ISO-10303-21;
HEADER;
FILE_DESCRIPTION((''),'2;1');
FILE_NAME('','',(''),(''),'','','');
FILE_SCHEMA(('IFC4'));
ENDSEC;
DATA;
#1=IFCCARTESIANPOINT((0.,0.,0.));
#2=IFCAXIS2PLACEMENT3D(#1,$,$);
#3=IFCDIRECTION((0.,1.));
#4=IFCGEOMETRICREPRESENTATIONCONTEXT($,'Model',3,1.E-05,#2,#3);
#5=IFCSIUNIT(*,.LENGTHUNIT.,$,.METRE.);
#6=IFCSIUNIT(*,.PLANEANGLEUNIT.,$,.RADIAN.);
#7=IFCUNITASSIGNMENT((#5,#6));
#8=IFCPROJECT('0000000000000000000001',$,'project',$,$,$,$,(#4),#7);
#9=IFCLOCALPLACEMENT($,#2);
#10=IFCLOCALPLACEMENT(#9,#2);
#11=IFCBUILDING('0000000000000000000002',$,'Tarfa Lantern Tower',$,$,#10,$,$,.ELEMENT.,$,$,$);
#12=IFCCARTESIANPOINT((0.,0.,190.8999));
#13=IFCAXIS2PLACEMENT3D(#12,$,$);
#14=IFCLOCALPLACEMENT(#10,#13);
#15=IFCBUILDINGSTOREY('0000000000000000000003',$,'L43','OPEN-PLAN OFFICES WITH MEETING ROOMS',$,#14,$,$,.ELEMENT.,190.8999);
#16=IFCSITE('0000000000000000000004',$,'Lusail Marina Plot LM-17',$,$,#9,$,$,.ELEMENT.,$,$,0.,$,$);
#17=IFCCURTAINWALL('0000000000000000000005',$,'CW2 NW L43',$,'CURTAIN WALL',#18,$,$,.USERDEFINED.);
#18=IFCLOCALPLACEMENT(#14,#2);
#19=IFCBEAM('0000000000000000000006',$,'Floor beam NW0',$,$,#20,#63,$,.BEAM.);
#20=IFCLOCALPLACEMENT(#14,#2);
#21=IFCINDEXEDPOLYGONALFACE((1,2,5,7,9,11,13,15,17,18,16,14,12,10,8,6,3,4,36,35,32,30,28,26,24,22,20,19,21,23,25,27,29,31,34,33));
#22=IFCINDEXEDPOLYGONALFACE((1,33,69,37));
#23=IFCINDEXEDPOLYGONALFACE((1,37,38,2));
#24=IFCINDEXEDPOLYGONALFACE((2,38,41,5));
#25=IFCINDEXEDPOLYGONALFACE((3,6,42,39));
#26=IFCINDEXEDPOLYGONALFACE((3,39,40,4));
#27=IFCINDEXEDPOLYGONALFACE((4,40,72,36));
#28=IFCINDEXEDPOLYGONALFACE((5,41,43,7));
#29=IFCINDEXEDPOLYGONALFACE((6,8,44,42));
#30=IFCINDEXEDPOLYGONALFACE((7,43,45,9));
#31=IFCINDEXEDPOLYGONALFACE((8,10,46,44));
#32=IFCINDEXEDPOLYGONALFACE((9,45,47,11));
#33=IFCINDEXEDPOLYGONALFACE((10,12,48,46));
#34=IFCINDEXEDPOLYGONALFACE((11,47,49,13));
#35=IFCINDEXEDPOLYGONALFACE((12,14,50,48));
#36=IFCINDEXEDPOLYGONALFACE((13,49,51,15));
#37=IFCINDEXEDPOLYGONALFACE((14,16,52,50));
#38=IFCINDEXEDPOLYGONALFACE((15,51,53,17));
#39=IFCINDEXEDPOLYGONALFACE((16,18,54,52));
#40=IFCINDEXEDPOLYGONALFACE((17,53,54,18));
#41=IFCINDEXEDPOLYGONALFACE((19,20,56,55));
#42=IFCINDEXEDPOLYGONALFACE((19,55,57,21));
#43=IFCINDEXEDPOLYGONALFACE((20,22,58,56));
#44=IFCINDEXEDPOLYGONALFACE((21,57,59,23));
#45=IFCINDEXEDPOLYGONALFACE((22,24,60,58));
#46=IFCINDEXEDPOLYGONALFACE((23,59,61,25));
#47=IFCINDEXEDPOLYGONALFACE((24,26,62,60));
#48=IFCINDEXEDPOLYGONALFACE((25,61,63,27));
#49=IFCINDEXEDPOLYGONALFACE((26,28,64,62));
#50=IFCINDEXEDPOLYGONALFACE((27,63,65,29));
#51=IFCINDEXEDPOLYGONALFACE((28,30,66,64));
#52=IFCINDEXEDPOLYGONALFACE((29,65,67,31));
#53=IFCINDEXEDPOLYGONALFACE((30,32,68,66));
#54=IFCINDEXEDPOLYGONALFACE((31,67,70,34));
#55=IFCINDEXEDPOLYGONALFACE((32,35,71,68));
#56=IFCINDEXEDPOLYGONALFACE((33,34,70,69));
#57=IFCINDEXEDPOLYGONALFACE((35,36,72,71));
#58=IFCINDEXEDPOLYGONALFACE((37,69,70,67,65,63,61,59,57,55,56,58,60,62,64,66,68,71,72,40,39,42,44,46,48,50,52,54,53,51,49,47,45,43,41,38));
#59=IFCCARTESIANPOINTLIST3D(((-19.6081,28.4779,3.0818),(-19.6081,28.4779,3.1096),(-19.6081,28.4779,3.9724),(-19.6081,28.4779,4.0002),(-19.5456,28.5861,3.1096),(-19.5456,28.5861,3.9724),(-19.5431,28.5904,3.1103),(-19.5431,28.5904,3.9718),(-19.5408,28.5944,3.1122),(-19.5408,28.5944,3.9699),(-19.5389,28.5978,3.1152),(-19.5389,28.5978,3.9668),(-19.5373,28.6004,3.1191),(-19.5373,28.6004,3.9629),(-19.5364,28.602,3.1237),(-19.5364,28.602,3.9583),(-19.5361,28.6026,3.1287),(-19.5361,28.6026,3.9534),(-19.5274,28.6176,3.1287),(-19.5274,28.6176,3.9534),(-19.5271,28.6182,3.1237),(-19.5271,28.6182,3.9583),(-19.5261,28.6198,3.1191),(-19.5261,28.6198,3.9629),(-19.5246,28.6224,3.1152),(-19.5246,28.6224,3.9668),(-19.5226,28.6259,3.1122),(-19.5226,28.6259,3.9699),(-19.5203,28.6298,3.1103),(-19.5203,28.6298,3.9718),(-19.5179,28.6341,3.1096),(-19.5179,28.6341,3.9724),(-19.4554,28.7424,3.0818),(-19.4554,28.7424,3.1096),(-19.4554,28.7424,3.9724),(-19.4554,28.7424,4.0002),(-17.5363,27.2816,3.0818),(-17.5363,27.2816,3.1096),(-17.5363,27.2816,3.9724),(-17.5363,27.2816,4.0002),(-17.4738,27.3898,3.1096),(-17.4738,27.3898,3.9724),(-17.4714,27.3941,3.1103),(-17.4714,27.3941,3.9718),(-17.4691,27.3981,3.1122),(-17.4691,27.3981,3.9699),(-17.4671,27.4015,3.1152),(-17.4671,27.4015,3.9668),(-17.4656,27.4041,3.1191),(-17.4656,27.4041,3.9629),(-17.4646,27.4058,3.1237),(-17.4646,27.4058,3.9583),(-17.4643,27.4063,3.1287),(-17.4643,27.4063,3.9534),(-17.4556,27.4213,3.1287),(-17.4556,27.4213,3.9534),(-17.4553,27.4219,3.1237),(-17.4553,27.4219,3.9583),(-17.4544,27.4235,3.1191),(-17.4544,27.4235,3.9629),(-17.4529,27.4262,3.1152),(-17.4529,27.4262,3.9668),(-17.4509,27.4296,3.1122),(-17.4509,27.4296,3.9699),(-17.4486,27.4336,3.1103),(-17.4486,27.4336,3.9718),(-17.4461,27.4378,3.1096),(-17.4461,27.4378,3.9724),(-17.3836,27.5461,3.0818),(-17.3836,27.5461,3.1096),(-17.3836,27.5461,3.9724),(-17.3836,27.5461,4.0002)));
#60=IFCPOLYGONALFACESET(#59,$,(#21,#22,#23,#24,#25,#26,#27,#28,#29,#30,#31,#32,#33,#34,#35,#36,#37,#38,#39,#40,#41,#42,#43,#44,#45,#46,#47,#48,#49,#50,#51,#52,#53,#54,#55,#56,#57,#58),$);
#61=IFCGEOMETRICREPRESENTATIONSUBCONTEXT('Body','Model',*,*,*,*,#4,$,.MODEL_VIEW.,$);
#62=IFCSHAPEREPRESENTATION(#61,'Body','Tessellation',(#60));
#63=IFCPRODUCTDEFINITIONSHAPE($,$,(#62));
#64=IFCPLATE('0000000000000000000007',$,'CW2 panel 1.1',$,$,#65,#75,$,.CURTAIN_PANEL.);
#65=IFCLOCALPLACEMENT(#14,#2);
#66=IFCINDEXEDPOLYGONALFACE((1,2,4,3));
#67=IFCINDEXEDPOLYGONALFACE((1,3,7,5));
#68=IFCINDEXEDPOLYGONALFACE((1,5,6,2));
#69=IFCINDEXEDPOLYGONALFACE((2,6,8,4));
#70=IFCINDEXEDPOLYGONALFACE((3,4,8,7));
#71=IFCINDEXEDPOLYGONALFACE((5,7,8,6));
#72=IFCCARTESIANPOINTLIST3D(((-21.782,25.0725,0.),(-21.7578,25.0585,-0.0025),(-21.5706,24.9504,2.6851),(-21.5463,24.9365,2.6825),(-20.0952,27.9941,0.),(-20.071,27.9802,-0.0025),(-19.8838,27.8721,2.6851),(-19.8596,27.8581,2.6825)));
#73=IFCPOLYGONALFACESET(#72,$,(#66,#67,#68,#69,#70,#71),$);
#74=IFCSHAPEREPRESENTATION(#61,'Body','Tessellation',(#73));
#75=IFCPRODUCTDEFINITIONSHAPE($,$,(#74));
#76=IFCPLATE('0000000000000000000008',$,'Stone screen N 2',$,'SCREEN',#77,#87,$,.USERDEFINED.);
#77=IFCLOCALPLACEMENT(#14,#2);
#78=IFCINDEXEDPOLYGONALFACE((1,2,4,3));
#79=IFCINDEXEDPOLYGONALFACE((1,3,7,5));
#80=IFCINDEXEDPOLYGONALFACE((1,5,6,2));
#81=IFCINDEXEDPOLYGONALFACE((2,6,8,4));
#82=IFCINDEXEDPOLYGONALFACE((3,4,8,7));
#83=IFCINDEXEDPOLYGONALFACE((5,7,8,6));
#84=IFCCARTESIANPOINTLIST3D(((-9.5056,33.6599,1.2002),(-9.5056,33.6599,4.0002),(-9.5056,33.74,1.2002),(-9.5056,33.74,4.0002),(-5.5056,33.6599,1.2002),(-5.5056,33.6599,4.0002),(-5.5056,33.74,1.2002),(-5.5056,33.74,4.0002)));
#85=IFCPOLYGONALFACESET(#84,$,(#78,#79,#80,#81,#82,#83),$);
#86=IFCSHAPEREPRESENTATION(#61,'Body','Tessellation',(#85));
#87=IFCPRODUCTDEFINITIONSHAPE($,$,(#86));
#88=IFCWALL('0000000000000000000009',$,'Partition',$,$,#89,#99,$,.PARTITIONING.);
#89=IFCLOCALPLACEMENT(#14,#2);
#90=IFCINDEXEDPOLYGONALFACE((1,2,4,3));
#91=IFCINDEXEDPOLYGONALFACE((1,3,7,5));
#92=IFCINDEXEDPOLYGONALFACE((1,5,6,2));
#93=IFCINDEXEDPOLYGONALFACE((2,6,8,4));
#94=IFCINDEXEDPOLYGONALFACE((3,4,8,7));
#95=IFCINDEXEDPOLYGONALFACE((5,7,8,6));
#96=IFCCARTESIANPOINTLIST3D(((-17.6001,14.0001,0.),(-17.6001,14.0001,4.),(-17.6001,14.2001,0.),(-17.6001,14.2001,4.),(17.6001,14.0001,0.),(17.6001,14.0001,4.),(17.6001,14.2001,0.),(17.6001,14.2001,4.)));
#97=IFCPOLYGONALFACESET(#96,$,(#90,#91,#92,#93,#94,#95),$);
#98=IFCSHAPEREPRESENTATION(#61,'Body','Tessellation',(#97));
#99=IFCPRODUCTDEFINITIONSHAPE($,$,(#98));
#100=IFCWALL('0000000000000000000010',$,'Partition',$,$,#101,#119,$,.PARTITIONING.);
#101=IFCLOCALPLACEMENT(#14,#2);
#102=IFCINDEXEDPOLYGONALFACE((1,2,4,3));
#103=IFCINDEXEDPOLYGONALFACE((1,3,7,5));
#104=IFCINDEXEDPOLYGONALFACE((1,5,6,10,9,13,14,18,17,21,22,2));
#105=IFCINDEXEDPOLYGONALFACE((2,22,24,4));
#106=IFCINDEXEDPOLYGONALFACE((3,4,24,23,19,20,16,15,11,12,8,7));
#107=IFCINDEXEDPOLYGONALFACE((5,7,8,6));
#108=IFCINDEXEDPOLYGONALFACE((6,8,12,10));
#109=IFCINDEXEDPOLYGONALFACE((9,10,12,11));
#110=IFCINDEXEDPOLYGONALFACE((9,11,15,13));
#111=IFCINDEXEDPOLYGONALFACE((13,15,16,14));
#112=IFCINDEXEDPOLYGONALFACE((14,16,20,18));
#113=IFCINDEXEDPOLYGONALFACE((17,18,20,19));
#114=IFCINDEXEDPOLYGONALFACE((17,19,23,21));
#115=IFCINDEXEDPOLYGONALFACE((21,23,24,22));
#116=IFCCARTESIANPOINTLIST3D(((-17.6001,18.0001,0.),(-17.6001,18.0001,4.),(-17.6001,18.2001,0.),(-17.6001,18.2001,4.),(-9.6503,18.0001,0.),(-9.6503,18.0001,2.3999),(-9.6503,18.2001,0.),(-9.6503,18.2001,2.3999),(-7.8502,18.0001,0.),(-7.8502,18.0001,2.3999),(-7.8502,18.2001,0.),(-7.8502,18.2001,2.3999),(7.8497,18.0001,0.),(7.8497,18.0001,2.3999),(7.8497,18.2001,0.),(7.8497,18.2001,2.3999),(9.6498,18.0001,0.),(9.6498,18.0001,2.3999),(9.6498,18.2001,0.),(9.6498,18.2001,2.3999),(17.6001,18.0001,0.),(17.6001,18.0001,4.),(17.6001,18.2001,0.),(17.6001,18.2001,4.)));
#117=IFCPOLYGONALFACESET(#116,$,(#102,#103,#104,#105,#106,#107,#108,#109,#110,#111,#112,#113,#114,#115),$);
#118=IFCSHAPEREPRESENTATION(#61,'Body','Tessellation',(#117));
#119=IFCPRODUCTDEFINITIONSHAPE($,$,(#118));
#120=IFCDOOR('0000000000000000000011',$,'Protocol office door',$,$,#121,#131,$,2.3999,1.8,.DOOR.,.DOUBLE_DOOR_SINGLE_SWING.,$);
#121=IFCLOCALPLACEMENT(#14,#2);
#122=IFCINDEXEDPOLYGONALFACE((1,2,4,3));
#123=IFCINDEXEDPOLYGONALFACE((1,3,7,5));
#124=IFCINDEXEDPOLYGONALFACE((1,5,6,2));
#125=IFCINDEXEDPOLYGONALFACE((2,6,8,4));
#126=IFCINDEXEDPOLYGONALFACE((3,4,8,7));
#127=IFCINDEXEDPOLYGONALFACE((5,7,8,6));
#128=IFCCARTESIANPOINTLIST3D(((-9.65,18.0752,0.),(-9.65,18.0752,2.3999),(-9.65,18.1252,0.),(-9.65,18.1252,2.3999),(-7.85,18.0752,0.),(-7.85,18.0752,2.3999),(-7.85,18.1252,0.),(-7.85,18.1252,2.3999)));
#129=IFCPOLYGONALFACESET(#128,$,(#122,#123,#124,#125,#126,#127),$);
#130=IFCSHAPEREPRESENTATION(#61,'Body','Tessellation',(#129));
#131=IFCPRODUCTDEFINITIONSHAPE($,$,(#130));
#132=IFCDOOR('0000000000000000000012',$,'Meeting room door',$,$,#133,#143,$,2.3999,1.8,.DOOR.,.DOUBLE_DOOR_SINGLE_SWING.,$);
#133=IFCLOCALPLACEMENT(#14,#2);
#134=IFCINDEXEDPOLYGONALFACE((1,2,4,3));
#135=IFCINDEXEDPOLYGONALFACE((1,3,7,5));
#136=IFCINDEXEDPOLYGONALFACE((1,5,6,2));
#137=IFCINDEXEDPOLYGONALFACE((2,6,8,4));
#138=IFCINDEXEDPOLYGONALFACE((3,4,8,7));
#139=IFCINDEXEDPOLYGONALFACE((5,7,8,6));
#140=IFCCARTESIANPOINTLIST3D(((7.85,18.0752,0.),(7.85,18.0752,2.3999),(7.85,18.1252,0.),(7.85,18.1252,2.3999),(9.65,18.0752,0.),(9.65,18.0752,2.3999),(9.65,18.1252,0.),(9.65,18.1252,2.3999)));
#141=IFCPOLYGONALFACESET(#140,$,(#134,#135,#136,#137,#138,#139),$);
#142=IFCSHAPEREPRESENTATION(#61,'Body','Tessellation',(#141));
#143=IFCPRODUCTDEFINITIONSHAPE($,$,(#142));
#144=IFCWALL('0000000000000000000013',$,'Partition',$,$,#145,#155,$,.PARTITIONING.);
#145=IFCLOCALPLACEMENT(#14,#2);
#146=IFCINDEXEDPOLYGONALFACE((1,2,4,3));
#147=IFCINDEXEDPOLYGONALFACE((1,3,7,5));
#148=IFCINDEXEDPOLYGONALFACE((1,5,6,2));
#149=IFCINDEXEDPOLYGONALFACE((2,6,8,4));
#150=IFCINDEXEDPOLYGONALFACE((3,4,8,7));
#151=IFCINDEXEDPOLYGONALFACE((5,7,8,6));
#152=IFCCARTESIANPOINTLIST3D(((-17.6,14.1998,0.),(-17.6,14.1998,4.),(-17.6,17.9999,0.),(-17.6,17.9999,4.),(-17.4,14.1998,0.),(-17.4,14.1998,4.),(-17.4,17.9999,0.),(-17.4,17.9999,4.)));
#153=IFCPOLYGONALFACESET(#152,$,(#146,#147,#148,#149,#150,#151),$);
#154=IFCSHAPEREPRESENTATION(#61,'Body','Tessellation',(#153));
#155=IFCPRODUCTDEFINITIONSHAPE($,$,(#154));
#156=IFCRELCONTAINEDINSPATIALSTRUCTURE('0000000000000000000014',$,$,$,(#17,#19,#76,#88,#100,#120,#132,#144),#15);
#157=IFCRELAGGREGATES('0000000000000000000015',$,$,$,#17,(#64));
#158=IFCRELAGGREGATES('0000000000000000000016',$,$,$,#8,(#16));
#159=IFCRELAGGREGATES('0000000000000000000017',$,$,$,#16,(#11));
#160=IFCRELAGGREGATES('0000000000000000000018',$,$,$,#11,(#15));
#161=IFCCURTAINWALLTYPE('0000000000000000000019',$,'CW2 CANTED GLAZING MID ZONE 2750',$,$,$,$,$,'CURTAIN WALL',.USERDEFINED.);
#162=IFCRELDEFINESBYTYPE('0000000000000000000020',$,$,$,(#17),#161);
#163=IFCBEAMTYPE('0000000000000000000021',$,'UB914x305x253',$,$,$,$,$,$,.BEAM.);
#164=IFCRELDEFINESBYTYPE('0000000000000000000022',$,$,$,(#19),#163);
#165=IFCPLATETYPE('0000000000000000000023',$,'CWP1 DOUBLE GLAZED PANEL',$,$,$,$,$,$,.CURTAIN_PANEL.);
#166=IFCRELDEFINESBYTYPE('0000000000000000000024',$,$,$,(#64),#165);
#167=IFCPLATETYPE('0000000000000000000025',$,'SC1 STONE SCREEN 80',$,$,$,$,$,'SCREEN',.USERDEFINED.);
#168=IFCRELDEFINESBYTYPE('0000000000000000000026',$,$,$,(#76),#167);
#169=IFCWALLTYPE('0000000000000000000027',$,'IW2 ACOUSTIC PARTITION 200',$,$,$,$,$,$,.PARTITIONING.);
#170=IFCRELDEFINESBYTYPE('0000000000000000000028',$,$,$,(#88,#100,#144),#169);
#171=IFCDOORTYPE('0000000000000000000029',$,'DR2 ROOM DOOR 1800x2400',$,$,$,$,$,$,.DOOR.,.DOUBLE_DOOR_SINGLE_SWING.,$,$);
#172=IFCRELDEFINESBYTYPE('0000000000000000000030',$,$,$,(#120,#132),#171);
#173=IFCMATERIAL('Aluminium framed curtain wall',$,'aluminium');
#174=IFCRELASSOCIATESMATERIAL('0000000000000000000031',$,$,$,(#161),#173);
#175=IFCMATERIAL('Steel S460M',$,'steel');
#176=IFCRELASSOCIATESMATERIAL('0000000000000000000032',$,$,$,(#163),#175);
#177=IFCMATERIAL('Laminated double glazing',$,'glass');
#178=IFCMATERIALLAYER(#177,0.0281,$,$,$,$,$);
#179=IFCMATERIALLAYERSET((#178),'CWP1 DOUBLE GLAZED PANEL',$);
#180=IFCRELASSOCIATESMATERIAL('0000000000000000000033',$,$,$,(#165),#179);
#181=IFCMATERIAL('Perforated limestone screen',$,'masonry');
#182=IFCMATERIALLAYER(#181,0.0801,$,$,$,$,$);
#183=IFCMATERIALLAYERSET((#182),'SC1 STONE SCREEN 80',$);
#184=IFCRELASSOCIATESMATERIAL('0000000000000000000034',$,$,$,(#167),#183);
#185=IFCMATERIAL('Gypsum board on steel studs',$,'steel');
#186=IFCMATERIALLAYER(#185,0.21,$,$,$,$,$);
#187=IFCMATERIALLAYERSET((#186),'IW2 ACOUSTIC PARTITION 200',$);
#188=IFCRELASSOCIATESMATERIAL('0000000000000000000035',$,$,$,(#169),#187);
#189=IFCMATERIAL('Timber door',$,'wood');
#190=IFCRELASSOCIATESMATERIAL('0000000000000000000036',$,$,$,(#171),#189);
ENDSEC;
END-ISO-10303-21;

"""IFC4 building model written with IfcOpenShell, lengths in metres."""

from ifc_helpers import new_model, si_unit, direction, frame, frame_2d, origin, origin_2d, place, context, subcontext, project, spatial, polyline, rectangle, i_section, outline, extrude, material, layer, layer_set, material_profile, profile_set, type_object, element, fill, aggregate, save


model = new_model("IFC4")

# Units and contexts
model_context = context("Model", 3, precision=1e-05, world=origin(), true_north=direction((0.0, 1.0)))
body_context = subcontext(model_context, "Body", "Model", "MODEL_VIEW")
ifc_project = project(units=[si_unit("LENGTHUNIT", "METRE"), si_unit("PLANEANGLEUNIT", "RADIAN")], contexts=[model_context])

# Site, building, storey
site_placement = place(None, origin())
site = spatial("IfcSite", under=ifc_project, at=site_placement, Name="Lusail Marina Plot LM-17", CompositionType="ELEMENT", RefElevation=0.0)
building_placement = place(site_placement, origin())
building = spatial("IfcBuilding", under=site, at=building_placement, Name="Tarfa Lantern Tower", CompositionType="ELEMENT")
storey_placement = place(building_placement, frame((0.0, 0.0, 190.8999)))
storey = spatial("IfcBuildingStorey", under=building, at=storey_placement, Name="L43", Description="OPEN-PLAN OFFICES WITH MEETING ROOMS", CompositionType="ELEMENT", Elevation=190.8999)

# Curtain wall
ifc_material_1 = material(Name="Aluminium framed curtain wall", Category="aluminium")
curtain_wall_type = type_object("IfcCurtainWallType", Name="CW2 CANTED GLAZING MID ZONE 2750", ElementType="CURTAIN WALL", PredefinedType="USERDEFINED", material=ifc_material_1)
curtain_wall_placement = place(storey_placement, origin())
curtain_wall = element("IfcCurtainWall", 1, at=curtain_wall_placement, inside=storey, type_object=curtain_wall_type, Name="CW2 NW L43", ObjectType="CURTAIN WALL", PredefinedType="USERDEFINED")

# Beam
ifc_material_2 = material(Name="Steel S460M", Category="steel")
ifc_material_profile_1 = material_profile(ifc_material_2, i_section(OverallWidth=0.3054, OverallDepth=0.9185, WebThickness=0.0173, FlangeThickness=0.0278, FilletRadius=0.019, at=origin_2d()), Name="UB914x305x253")
ifc_profile_set_1 = profile_set([ifc_material_profile_1], Name="Steel S460M")
beam_type_1 = type_object("IfcBeamType", Name="UB914x305x253", PredefinedType="BEAM", material=ifc_profile_set_1)
beam_1_placement = place(storey_placement, frame((-19.5317, 28.6101, 3.541), z_axis=(0.865999, -0.500046, 0.0), x_axis=(0.500046, 0.865999, 0.0)))
element("IfcBeam", 2, at=beam_1_placement, inside=storey, type_object=beam_type_1, Name="Floor beam NW0", PredefinedType="BEAM", context=body_context, shape_type="SweptSolid", body=[
    extrude(i_section(OverallWidth=0.3054, OverallDepth=0.9185, WebThickness=0.0173, FlangeThickness=0.0278, FilletRadius=0.019, at=origin_2d()), origin(), (0.0, 0.0, 1.0), 2.3923),
])

# Plates
ifc_material_3 = material(Name="Laminated double glazing", Category="glass")
ifc_layer_1 = layer(ifc_material_3, 0.0281)
ifc_layer_set_1 = layer_set([ifc_layer_1], Name="CWP1 DOUBLE GLAZED PANEL")
plate_type_1 = type_object("IfcPlateType", Name="CWP1 DOUBLE GLAZED PANEL", PredefinedType="CURTAIN_PANEL", material=ifc_layer_set_1)
plate_1_placement = place(storey_placement, frame((-20.0952, 27.9941, 0.0), z_axis=(-0.862472, 0.497938, 0.09055), x_axis=(-0.499992, -0.86603, 0.0)))
plate_1 = element("IfcPlate", 3, at=plate_1_placement, type_object=plate_type_1, Name="CW2 panel 1.1", PredefinedType="CURTAIN_PANEL", context=body_context, shape_type="SweptSolid", body=[
    extrude(outline(polyline([(0.0, 0.0), (3.3736, 0.0), (3.3736, 2.6961), (0.0, 2.6961), (0.0, 0.0)])), origin(), (0.0, 0.0, -1.0), 0.0281),
])
aggregate(curtain_wall, [plate_1])
ifc_material_4 = material(Name="Perforated limestone screen", Category="masonry")
ifc_layer_2 = layer(ifc_material_4, 0.0801)
ifc_layer_set_2 = layer_set([ifc_layer_2], Name="SC1 STONE SCREEN 80")
plate_type_2 = type_object("IfcPlateType", Name="SC1 STONE SCREEN 80", ElementType="SCREEN", PredefinedType="USERDEFINED", material=ifc_layer_set_2)
plate_2_placement = place(storey_placement, frame((-7.5056, 33.7, 1.2002), z_axis=(0.0, 0.0, 1.0), x_axis=(-1.0, 0.0, 0.0)))
element("IfcPlate", 4, at=plate_2_placement, inside=storey, type_object=plate_type_2, Name="Stone screen N 2", ObjectType="SCREEN", PredefinedType="USERDEFINED", context=body_context, shape_type="SweptSolid", body=[
    extrude(rectangle(XDim=4.0, YDim=0.0801, at=origin_2d()), origin(), (0.0, 0.0, 1.0), 2.8),
])

# Wall
ifc_material_5 = material(Name="Gypsum board on steel studs", Category="steel")
ifc_layer_3 = layer(ifc_material_5, 0.21)
ifc_layer_set_3 = layer_set([ifc_layer_3], Name="IW2 ACOUSTIC PARTITION 200")
wall_type = type_object("IfcWallType", Name="IW2 ACOUSTIC PARTITION 200", PredefinedType="PARTITIONING", material=ifc_layer_set_3)
wall_1_placement = place(storey_placement, frame((-17.6001, 14.1001, 0.0), z_axis=(0.0, 0.0, 1.0), x_axis=(1.0, 0.0, 0.0)))
element("IfcWall", 5, at=wall_1_placement, inside=storey, type_object=wall_type, Name="Partition", PredefinedType="PARTITIONING", context=body_context, shape_type="SweptSolid", body=[
    extrude(rectangle(XDim=35.2002, YDim=0.2, at=frame_2d((17.6001, 0.0))), origin(), (0.0, 0.0, 1.0), 4.0),
])

# Wall, openings, doors
wall_2_placement = place(storey_placement, frame((-17.6001, 18.1001, 0.0), z_axis=(0.0, 0.0, 1.0), x_axis=(1.0, 0.0, 0.0)))
wall_2 = element("IfcWall", 6, at=wall_2_placement, inside=storey, type_object=wall_type, Name="Partition", PredefinedType="PARTITIONING", context=body_context, shape_type="SweptSolid", body=[
    extrude(rectangle(XDim=35.2002, YDim=0.2, at=frame_2d((17.6001, 0.0))), origin(), (0.0, 0.0, 1.0), 4.0),
])
opening_1_placement = place(wall_2_placement, frame((7.95, 0.0, 0.0)))
opening_1 = element("IfcOpeningElement", 7, at=opening_1_placement, cuts=wall_2, PredefinedType="OPENING", context=body_context, shape_type="SweptSolid", body=[
    extrude(rectangle(XDim=1.8, YDim=2.3999, at=frame_2d((0.8999, 1.2))), frame((0.0, 0.1099, 0.0), z_axis=(0.0, -1.0, 0.0), x_axis=(1.0, 0.0, 0.0)), (0.0, 0.0, 1.0), 0.22),
])
opening_2_placement = place(wall_2_placement, frame((25.45, 0.0, 0.0)))
opening_2 = element("IfcOpeningElement", 8, at=opening_2_placement, cuts=wall_2, PredefinedType="OPENING", context=body_context, shape_type="SweptSolid", body=[
    extrude(rectangle(XDim=1.8, YDim=2.3999, at=frame_2d((0.8999, 1.2))), frame((0.0, 0.1099, 0.0), z_axis=(0.0, -1.0, 0.0), x_axis=(1.0, 0.0, 0.0)), (0.0, 0.0, 1.0), 0.22),
])
ifc_material_6 = material(Name="Timber door", Category="wood")
door_type = type_object("IfcDoorType", Name="DR2 ROOM DOOR 1800x2400", OperationType="DOUBLE_DOOR_SINGLE_SWING", PredefinedType="DOOR", material=ifc_material_6)
door_1_placement = place(opening_1_placement, frame((1.8, 0.0, 0.0), z_axis=(0.0, 0.0, 1.0), x_axis=(-1.0, 0.0, 0.0)))
door_1 = element("IfcDoor", 9, at=door_1_placement, inside=storey, type_object=door_type, Name="Protocol office door", OperationType="DOUBLE_DOOR_SINGLE_SWING", OverallHeight=2.3999, OverallWidth=1.8, PredefinedType="DOOR", context=body_context, shape_type="SweptSolid", body=[
    extrude(rectangle(XDim=1.8, YDim=2.3999, at=frame_2d((0.8999, 1.2))), frame((0.0, 0.0249, 0.0), z_axis=(0.0, -1.0, 0.0), x_axis=(1.0, 0.0, 0.0)), (0.0, 0.0, 1.0), 0.05),
])
fill(opening_1, door_1)
door_2_placement = place(opening_2_placement, frame((1.8, 0.0, 0.0), z_axis=(0.0, 0.0, 1.0), x_axis=(-1.0, 0.0, 0.0)))
door_2 = element("IfcDoor", 10, at=door_2_placement, inside=storey, type_object=door_type, Name="Meeting room door", OperationType="DOUBLE_DOOR_SINGLE_SWING", OverallHeight=2.3999, OverallWidth=1.8, PredefinedType="DOOR", context=body_context, shape_type="SweptSolid", body=[
    extrude(rectangle(XDim=1.8, YDim=2.3999, at=frame_2d((0.8999, 1.2))), frame((0.0, 0.0249, 0.0), z_axis=(0.0, -1.0, 0.0), x_axis=(1.0, 0.0, 0.0)), (0.0, 0.0, 1.0), 0.05),
])
fill(opening_2, door_2)

# Wall
wall_3_placement = place(storey_placement, frame((-17.5, 14.2, 0.0), z_axis=(0.0, 0.0, 1.0), x_axis=(0.0, 1.0, 0.0)))
element("IfcWall", 11, at=wall_3_placement, inside=storey, type_object=wall_type, Name="Partition", PredefinedType="PARTITIONING", context=body_context, shape_type="SweptSolid", body=[
    extrude(rectangle(XDim=3.8, YDim=0.2, at=frame_2d((1.8999, 0.0))), origin(), (0.0, 0.0, 1.0), 4.0),
])

save(model, "model.ifc")
